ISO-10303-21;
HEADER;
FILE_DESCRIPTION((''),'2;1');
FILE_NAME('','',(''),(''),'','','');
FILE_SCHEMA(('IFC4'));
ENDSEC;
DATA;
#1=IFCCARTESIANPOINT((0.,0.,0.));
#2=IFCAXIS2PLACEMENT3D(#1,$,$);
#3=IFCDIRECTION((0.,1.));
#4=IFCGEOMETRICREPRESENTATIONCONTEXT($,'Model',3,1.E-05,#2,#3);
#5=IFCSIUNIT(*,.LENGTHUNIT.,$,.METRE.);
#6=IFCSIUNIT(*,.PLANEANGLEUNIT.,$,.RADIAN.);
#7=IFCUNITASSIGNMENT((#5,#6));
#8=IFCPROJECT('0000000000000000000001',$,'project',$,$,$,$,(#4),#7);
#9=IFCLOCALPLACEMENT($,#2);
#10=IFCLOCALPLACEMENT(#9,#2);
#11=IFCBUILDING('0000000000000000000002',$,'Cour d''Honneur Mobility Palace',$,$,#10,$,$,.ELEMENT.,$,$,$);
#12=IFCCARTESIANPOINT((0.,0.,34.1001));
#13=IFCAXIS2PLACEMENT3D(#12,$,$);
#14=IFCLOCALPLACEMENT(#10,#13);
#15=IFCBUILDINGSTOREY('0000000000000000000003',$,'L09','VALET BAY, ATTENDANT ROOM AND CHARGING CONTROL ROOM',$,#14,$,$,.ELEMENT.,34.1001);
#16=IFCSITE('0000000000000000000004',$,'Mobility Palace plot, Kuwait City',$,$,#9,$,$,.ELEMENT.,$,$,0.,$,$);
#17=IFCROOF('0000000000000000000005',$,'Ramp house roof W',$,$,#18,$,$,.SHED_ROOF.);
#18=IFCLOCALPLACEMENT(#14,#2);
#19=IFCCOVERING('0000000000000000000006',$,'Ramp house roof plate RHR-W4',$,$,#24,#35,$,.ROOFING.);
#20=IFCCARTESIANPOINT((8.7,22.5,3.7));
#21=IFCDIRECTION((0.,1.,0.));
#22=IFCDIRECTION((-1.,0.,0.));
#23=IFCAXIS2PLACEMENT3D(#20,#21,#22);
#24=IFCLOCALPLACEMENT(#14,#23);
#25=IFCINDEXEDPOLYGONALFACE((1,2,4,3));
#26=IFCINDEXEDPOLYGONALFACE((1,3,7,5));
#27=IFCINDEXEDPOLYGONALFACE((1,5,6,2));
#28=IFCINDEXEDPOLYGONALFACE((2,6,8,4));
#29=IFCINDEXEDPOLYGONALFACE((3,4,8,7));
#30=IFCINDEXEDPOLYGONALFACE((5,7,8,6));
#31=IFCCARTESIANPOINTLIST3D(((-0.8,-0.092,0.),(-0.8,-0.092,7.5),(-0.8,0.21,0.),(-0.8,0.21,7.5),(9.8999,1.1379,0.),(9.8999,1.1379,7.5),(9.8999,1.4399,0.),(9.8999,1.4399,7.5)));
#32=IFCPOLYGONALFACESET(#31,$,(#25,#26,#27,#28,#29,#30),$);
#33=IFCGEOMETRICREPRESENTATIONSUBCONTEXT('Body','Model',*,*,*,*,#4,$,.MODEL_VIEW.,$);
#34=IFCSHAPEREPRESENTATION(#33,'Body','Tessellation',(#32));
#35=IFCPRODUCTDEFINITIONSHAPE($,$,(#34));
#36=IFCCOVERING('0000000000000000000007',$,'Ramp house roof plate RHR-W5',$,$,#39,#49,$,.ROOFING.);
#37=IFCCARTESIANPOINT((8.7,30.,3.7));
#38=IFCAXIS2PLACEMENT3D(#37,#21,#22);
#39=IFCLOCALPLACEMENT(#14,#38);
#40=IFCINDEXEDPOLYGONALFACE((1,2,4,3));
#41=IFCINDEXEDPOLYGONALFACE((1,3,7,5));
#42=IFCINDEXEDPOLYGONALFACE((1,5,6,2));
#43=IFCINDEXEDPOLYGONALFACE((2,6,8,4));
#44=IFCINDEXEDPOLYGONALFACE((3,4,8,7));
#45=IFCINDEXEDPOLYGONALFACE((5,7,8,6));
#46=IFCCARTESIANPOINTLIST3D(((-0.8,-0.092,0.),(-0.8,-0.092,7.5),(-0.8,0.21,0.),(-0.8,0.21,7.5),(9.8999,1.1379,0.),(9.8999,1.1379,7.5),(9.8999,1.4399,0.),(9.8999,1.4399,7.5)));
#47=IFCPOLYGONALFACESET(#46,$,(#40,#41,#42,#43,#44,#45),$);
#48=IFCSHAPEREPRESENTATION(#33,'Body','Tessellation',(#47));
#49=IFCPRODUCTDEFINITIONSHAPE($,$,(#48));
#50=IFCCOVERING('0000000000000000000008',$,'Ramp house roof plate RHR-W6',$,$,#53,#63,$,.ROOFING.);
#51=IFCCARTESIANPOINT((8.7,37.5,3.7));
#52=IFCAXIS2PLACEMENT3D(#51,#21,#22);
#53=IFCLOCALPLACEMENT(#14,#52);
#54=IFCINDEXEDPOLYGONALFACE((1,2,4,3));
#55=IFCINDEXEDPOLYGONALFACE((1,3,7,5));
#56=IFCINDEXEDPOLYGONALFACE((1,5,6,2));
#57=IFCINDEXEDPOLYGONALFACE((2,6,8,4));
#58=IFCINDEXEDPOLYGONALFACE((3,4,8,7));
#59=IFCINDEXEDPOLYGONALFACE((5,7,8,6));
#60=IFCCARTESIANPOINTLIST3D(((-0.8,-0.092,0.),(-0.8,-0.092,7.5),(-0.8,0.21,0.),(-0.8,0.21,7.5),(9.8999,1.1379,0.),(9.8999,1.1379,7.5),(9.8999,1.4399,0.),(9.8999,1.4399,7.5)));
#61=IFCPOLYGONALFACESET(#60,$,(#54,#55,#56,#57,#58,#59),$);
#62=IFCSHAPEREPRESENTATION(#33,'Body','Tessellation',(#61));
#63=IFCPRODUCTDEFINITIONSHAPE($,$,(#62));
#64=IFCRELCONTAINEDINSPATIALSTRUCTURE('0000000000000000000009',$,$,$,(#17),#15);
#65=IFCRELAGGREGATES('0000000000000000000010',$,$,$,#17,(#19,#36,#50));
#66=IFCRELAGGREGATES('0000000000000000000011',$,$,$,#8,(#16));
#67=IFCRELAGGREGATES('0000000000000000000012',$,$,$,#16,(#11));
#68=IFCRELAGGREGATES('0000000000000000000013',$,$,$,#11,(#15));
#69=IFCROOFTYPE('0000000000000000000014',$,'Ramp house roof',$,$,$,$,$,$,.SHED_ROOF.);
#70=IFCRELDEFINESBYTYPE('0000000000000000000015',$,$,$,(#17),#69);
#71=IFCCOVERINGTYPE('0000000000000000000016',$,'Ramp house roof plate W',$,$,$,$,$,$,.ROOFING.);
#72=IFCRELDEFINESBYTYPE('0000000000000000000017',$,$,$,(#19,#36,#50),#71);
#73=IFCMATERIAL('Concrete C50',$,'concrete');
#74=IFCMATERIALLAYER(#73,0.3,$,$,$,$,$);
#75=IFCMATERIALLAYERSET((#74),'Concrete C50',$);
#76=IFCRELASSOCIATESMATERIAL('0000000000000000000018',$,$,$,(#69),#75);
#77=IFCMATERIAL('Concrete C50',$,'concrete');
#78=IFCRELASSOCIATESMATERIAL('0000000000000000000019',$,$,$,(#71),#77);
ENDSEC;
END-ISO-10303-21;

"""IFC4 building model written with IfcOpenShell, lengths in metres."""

from ifc_helpers import new_model, si_unit, direction, frame, origin, place, context, subcontext, project, spatial, polyline, outline, extrude, material, layer, layer_set, material_profile, profile_set, type_object, element, aggregate, save


model = new_model("IFC4")

# Units and contexts
model_context = context("Model", 3, precision=1e-05, world=origin(), true_north=direction((0.0, 1.0)))
body_context = subcontext(model_context, "Body", "Model", "MODEL_VIEW")
ifc_project = project(units=[si_unit("LENGTHUNIT", "METRE"), si_unit("PLANEANGLEUNIT", "RADIAN")], contexts=[model_context])

# Site, building, storey
site_placement = place(None, origin())
site = spatial("IfcSite", under=ifc_project, at=site_placement, Name="Mobility Palace plot, Kuwait City", CompositionType="ELEMENT", RefElevation=0.0)
building_placement = place(site_placement, origin())
building = spatial("IfcBuilding", under=site, at=building_placement, Name="Cour d'Honneur Mobility Palace", CompositionType="ELEMENT")
storey_placement = place(building_placement, frame((0.0, 0.0, 34.1001)))
storey = spatial("IfcBuildingStorey", under=building, at=storey_placement, Name="L09", Description="VALET BAY, ATTENDANT ROOM AND CHARGING CONTROL ROOM", CompositionType="ELEMENT", Elevation=34.1001)

# Roof, coverings
ifc_material_1 = material(Name="Concrete C50", Category="concrete")
ifc_layer_1 = layer(ifc_material_1, 0.3)
ifc_layer_set_1 = layer_set([ifc_layer_1], Name="Concrete C50")
roof_type = type_object("IfcRoofType", Name="Ramp house roof", PredefinedType="SHED_ROOF", material=ifc_layer_set_1)
roof_placement = place(storey_placement, origin())
roof = element("IfcRoof", 1, at=roof_placement, inside=storey, type_object=roof_type, Name="Ramp house roof W", PredefinedType="SHED_ROOF")
ifc_material_2 = material(Name="Concrete C50", Category="concrete")
ifc_material_profile_1 = material_profile(ifc_material_2, outline(polyline([(-0.8, -0.092), (9.8999, 1.1379), (9.8999, 1.4399), (-0.8, 0.21), (-0.8, -0.092)])), Name="Ramp house roof plate W")
ifc_profile_set_1 = profile_set([ifc_material_profile_1], Name="Concrete C50")
covering_type_1 = type_object("IfcCoveringType", Name="Ramp house roof plate W", PredefinedType="ROOFING", material=ifc_profile_set_1)
covering_1_placement = place(storey_placement, frame((8.7, 22.5, 3.7), z_axis=(0.0, 1.0, 0.0), x_axis=(-1.0, 0.0, 0.0)))
covering_1 = element("IfcCovering", 2, at=covering_1_placement, type_object=covering_type_1, Name="Ramp house roof plate RHR-W4", PredefinedType="ROOFING", context=body_context, shape_type="SweptSolid", body=[
    extrude(outline(polyline([(-0.8, -0.092), (9.8999, 1.1379), (9.8999, 1.4399), (-0.8, 0.21), (-0.8, -0.092)])), origin(), (0.0, 0.0, 1.0), 7.5),
])
covering_2_placement = place(storey_placement, frame((8.7, 30.0, 3.7), z_axis=(0.0, 1.0, 0.0), x_axis=(-1.0, 0.0, 0.0)))
covering_2 = element("IfcCovering", 3, at=covering_2_placement, type_object=covering_type_1, Name="Ramp house roof plate RHR-W5", PredefinedType="ROOFING", context=body_context, shape_type="SweptSolid", body=[
    extrude(outline(polyline([(-0.8, -0.092), (9.8999, 1.1379), (9.8999, 1.4399), (-0.8, 0.21), (-0.8, -0.092)])), origin(), (0.0, 0.0, 1.0), 7.5),
])
covering_3_placement = place(storey_placement, frame((8.7, 37.5, 3.7), z_axis=(0.0, 1.0, 0.0), x_axis=(-1.0, 0.0, 0.0)))
covering_3 = element("IfcCovering", 4, at=covering_3_placement, type_object=covering_type_1, Name="Ramp house roof plate RHR-W6", PredefinedType="ROOFING", context=body_context, shape_type="SweptSolid", body=[
    extrude(outline(polyline([(-0.8, -0.092), (9.8999, 1.1379), (9.8999, 1.4399), (-0.8, 0.21), (-0.8, -0.092)])), origin(), (0.0, 0.0, 1.0), 7.5),
])
aggregate(roof, [covering_1, covering_2, covering_3])

save(model, "model.ifc")
